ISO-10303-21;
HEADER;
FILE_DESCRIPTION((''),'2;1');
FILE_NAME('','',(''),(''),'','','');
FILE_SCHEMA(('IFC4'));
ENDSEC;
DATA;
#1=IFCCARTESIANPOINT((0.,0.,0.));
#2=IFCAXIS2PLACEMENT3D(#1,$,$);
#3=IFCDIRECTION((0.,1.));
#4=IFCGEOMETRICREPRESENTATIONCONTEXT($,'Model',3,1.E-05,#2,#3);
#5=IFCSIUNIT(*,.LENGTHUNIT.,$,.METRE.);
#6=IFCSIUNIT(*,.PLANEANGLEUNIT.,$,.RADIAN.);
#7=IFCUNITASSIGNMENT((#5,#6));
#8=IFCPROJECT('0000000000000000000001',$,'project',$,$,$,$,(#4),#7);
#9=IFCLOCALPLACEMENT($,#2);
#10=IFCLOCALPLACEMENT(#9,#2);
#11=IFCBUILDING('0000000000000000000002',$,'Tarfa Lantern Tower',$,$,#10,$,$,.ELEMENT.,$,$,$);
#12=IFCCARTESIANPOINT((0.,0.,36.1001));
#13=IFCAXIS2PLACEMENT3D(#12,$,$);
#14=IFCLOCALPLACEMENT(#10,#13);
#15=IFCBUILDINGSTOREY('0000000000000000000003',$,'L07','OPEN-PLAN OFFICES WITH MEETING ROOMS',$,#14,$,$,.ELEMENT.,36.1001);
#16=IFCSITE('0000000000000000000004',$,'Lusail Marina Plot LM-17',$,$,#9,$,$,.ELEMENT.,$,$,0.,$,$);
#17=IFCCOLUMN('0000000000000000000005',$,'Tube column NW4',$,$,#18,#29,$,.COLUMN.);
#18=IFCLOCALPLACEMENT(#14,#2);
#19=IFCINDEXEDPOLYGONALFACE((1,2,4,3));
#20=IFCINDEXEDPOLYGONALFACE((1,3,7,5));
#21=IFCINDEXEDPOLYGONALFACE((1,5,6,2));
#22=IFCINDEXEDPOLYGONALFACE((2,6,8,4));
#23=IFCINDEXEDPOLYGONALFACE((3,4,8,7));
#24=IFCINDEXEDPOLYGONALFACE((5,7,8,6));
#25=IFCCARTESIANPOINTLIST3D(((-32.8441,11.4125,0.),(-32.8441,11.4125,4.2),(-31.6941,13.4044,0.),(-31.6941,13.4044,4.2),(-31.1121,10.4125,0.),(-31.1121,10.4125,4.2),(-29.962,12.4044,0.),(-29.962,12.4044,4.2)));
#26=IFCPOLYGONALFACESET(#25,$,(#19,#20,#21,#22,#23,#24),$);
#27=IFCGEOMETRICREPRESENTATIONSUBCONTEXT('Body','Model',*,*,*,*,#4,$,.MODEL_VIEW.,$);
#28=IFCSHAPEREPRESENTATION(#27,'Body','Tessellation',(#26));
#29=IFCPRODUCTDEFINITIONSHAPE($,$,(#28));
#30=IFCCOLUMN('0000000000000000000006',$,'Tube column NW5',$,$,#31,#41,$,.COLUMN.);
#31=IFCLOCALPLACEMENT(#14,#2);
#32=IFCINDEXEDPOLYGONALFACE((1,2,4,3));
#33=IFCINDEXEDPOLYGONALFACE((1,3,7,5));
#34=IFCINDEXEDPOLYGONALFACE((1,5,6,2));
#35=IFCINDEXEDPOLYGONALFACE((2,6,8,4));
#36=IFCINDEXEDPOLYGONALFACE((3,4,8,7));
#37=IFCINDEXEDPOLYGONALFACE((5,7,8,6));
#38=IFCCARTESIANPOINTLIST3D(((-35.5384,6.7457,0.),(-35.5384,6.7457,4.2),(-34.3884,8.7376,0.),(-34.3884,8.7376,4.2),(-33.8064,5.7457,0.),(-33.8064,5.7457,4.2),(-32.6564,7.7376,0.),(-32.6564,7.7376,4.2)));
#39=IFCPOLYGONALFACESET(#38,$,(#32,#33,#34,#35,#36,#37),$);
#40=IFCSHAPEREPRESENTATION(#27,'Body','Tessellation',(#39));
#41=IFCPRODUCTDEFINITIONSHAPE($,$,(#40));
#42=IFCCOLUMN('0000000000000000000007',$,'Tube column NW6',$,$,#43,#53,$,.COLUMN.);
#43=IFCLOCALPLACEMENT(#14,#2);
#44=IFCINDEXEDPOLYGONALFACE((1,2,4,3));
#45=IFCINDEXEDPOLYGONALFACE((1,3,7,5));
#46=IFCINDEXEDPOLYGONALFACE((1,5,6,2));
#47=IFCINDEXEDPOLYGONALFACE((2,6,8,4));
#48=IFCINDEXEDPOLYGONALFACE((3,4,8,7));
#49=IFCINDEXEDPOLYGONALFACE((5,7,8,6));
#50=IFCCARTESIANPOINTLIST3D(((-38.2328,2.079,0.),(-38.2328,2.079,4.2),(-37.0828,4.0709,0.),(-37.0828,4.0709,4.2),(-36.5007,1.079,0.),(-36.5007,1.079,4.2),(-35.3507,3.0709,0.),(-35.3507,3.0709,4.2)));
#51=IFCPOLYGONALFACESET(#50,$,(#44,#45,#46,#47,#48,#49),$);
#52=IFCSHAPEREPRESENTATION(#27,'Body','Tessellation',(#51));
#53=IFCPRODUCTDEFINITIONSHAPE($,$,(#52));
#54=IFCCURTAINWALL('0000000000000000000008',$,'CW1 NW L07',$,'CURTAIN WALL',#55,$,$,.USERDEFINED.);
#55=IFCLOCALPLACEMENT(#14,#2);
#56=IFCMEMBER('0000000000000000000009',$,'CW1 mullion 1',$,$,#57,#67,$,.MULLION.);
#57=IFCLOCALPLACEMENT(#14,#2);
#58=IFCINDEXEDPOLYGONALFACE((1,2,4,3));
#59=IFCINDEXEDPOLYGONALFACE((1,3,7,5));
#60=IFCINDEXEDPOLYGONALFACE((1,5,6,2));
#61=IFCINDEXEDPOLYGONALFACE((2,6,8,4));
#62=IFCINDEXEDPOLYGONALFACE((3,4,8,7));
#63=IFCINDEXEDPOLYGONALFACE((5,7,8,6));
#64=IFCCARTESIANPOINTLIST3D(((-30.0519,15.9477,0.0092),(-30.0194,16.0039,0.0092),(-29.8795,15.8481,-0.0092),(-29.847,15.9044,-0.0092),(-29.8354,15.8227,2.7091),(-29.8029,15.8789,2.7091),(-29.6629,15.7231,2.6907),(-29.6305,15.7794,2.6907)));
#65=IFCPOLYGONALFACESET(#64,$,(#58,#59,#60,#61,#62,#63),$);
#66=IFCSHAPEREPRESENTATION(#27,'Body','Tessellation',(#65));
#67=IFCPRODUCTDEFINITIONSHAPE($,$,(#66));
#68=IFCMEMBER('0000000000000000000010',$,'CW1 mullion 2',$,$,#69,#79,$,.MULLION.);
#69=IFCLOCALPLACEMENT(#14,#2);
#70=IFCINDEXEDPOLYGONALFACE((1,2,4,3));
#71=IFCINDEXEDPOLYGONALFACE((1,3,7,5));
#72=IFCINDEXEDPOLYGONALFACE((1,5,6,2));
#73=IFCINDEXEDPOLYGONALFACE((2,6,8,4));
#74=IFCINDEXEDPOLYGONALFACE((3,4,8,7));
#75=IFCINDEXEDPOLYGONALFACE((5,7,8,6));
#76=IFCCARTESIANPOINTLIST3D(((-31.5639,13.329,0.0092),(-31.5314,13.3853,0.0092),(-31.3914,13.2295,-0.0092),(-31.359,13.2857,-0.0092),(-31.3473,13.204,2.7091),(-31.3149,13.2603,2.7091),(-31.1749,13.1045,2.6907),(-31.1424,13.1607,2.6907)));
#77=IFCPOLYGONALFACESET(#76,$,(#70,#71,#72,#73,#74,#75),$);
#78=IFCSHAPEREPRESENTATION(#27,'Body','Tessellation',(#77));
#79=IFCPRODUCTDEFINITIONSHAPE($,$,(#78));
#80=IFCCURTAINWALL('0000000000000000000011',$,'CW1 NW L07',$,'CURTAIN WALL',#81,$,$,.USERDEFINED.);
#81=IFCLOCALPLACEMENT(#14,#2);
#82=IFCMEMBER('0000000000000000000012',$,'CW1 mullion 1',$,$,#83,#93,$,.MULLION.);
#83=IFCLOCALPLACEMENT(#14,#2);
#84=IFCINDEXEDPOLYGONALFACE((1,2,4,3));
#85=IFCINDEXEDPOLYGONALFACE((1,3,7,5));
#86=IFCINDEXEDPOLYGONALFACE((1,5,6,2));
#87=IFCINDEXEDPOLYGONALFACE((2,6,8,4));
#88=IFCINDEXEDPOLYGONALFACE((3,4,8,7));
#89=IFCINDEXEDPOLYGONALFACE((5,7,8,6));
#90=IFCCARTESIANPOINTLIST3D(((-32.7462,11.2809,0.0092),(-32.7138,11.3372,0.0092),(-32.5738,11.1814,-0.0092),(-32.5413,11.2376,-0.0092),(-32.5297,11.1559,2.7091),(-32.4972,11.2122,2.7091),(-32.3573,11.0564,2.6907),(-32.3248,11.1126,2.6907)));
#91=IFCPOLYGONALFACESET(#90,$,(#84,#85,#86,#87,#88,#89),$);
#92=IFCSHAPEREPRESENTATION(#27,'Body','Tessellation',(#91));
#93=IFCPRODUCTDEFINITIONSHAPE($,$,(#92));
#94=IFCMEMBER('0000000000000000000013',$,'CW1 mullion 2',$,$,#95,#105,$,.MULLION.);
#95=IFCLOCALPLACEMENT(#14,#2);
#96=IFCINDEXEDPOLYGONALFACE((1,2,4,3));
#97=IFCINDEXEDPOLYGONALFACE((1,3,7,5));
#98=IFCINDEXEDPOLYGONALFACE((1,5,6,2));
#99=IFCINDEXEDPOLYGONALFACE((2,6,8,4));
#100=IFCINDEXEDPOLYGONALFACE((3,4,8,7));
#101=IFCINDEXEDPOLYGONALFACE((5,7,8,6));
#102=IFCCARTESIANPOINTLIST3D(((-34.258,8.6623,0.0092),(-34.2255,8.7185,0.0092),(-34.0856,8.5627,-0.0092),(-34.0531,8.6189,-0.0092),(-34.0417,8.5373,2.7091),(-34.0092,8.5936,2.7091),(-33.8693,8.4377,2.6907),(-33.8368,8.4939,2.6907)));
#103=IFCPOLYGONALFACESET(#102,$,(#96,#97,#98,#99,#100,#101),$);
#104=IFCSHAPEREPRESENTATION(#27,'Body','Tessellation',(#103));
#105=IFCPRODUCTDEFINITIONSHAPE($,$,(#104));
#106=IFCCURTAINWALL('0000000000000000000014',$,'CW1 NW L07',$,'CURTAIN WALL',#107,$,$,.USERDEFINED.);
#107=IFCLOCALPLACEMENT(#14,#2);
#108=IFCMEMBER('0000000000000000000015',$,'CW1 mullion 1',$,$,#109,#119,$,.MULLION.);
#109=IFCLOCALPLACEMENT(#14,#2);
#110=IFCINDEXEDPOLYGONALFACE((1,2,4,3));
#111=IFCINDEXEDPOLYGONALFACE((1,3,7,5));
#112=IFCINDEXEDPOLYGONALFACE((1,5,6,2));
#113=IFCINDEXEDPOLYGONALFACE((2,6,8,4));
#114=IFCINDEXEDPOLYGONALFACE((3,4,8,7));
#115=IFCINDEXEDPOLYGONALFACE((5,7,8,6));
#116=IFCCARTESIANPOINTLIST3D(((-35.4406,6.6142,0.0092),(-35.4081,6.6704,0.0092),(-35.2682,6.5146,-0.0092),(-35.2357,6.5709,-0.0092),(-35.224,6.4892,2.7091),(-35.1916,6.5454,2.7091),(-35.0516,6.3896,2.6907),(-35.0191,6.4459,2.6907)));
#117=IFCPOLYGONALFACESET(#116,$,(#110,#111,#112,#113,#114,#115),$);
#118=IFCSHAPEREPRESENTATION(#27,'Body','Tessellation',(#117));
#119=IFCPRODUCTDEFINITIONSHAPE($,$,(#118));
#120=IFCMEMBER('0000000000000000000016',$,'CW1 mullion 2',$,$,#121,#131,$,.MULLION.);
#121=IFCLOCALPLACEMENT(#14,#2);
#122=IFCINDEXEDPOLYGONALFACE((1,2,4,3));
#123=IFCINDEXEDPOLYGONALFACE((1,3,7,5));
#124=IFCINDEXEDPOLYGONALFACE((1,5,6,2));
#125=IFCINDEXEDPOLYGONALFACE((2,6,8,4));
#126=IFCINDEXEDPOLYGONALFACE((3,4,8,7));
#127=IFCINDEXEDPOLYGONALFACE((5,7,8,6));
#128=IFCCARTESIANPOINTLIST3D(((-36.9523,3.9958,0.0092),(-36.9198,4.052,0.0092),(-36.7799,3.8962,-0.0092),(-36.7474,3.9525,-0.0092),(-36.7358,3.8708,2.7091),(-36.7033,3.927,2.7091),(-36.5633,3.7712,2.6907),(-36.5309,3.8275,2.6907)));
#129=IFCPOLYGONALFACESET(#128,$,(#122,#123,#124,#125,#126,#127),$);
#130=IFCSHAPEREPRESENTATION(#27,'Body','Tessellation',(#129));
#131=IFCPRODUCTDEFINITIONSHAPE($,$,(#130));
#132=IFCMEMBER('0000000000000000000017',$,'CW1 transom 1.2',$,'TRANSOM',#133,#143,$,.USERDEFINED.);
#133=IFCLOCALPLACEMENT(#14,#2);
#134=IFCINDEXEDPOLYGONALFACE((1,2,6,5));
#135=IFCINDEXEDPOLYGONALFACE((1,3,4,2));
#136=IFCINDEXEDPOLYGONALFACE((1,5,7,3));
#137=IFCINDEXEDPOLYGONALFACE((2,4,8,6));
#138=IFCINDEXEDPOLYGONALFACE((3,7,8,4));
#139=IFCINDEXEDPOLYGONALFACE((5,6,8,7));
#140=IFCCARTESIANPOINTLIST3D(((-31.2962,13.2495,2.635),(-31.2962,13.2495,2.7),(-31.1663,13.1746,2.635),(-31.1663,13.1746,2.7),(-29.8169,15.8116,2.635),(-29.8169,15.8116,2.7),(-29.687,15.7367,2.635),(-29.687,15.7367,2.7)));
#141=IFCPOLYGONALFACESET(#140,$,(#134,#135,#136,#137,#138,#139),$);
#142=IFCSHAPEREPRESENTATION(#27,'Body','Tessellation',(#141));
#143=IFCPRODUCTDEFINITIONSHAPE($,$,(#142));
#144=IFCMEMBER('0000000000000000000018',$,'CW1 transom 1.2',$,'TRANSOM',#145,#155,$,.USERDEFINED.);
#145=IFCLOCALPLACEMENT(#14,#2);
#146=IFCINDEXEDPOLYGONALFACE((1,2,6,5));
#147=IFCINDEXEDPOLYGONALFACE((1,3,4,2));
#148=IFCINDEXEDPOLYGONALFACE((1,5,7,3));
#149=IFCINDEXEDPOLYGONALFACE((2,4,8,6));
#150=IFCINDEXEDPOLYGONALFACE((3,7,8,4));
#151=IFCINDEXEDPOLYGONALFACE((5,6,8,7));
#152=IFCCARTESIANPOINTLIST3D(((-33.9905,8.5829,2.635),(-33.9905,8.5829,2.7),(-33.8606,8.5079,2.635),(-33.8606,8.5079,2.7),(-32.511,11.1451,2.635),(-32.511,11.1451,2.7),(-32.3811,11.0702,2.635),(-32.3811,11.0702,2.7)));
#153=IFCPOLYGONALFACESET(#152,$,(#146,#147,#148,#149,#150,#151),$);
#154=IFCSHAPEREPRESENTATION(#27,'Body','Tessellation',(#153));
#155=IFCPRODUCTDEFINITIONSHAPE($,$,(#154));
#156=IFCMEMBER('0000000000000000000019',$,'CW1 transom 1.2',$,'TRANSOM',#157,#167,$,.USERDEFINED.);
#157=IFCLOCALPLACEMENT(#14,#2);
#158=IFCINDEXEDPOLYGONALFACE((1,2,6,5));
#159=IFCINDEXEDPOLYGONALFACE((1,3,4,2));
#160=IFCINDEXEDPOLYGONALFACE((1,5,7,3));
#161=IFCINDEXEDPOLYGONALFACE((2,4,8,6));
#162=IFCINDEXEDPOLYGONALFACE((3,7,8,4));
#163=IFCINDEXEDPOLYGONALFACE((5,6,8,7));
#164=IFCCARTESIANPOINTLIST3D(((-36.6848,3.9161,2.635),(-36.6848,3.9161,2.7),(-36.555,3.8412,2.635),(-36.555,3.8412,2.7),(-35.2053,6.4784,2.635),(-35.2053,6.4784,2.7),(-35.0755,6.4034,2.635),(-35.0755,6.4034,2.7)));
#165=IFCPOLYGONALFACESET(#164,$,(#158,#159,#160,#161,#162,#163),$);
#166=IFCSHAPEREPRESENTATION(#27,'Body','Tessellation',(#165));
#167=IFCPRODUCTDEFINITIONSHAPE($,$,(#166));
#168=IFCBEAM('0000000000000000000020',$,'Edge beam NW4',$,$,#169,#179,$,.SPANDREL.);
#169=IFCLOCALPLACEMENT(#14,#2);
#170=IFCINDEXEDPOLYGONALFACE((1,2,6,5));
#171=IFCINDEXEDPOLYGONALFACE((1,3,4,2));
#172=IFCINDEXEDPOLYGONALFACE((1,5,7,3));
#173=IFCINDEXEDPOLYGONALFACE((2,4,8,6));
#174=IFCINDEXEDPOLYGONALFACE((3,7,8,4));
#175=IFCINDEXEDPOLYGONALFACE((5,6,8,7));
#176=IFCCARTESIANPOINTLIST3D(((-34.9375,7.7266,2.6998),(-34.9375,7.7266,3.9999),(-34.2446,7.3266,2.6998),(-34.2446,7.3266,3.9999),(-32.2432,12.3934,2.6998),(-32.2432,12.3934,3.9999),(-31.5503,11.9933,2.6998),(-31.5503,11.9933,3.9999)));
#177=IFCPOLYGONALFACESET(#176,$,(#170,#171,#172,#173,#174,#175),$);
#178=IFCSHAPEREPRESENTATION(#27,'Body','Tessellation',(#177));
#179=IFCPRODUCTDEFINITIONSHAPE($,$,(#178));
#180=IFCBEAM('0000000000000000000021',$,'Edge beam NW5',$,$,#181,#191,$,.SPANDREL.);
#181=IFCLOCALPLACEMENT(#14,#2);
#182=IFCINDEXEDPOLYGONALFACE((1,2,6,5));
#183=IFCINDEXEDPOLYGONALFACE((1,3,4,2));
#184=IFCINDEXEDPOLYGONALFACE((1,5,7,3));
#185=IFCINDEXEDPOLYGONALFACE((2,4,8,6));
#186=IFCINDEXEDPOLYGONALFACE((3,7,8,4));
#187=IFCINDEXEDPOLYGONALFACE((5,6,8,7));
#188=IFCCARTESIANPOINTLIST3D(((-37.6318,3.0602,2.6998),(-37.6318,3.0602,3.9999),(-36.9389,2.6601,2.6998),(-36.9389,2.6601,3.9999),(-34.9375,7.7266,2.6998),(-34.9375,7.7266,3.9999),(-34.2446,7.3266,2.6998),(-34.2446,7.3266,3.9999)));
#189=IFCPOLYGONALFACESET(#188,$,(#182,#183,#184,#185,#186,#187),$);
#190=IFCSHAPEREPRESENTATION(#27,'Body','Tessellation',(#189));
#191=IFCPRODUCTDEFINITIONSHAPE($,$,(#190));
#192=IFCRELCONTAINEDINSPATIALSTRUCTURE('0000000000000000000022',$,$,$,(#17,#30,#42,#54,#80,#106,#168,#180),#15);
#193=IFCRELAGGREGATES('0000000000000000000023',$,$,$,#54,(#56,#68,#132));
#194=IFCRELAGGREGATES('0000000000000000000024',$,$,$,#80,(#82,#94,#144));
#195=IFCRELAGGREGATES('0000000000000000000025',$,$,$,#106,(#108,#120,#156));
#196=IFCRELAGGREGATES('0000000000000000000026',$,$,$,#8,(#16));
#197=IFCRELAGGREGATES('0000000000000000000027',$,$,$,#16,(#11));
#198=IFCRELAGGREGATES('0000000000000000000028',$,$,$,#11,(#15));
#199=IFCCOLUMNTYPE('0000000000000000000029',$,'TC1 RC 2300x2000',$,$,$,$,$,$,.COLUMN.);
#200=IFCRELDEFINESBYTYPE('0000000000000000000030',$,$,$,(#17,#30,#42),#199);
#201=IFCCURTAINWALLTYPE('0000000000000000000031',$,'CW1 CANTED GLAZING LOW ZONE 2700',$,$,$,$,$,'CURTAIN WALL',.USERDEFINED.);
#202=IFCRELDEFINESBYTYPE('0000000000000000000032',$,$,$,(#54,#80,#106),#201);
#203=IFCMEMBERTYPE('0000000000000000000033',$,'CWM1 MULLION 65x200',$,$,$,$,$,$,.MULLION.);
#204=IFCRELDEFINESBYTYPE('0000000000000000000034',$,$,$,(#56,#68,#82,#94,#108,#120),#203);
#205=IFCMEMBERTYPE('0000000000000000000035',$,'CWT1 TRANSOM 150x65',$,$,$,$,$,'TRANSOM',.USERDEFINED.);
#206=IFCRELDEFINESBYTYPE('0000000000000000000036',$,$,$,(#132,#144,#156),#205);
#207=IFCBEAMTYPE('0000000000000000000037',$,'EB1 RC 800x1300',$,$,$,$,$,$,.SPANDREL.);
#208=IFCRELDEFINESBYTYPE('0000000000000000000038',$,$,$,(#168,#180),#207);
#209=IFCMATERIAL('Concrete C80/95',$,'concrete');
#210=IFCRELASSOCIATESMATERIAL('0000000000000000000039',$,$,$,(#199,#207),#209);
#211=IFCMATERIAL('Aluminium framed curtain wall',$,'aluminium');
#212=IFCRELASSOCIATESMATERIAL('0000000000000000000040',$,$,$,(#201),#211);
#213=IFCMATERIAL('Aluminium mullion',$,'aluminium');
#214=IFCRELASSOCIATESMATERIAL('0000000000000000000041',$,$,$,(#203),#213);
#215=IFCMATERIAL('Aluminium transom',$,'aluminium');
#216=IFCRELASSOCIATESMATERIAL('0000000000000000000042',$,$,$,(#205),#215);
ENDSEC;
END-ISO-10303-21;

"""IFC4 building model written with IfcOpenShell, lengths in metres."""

from ifc_helpers import new_model, si_unit, direction, frame, origin, origin_2d, place, context, subcontext, project, spatial, rectangle, extrude, material, material_profile, profile_set, type_object, element, aggregate, save


model = new_model("IFC4")

# Units and contexts
model_context = context("Model", 3, precision=1e-05, world=origin(), true_north=direction((0.0, 1.0)))
body_context = subcontext(model_context, "Body", "Model", "MODEL_VIEW")
ifc_project = project(units=[si_unit("LENGTHUNIT", "METRE"), si_unit("PLANEANGLEUNIT", "RADIAN")], contexts=[model_context])

# Site, building, storey
site_placement = place(None, origin())
site = spatial("IfcSite", under=ifc_project, at=site_placement, Name="Lusail Marina Plot LM-17", CompositionType="ELEMENT", RefElevation=0.0)
building_placement = place(site_placement, origin())
building = spatial("IfcBuilding", under=site, at=building_placement, Name="Tarfa Lantern Tower", CompositionType="ELEMENT")
storey_placement = place(building_placement, frame((0.0, 0.0, 36.1001)))
storey = spatial("IfcBuildingStorey", under=building, at=storey_placement, Name="L07", Description="OPEN-PLAN OFFICES WITH MEETING ROOMS", CompositionType="ELEMENT", Elevation=36.1001)

# Columns
ifc_material_1 = material(Name="Concrete C80/95", Category="concrete")
ifc_material_profile_1 = material_profile(ifc_material_1, rectangle(XDim=2.3, YDim=2.0, at=origin_2d()), Name="RC 2300x2000")
ifc_profile_set_1 = profile_set([ifc_material_profile_1], Name="Concrete C80/95")
column_type = type_object("IfcColumnType", Name="TC1 RC 2300x2000", PredefinedType="COLUMN", material=ifc_profile_set_1)
for number, where, z_axis, x_axis, name in (
    (1, (-31.4031, 11.9084, 0.0), (0.0, 0.0, 1.0), (-0.5, -0.866025, 0.0), "Tube column NW4"),
    (2, (-34.0974, 7.2417, 0.0), (0.0, 0.0, 1.0), (-0.5, -0.866025, 0.0), "Tube column NW5"),
    (3, (-36.7917, 2.575, 0.0), (0.0, 0.0, 1.0), (-0.5, -0.866025, 0.0), "Tube column NW6"),
):
    element("IfcColumn", number, at=place(storey_placement, frame(where, z_axis=z_axis, x_axis=x_axis)), inside=storey, type_object=column_type, Name=name, PredefinedType="COLUMN", context=body_context, shape_type="SweptSolid", body=[
        extrude(rectangle(XDim=2.3, YDim=2.0, at=origin_2d()), origin(), (0.0, 0.0, 1.0), 4.2),
    ])

# Curtain walls, members
ifc_material_2 = material(Name="Aluminium framed curtain wall", Category="aluminium")
curtain_wall_type = type_object("IfcCurtainWallType", Name="CW1 CANTED GLAZING LOW ZONE 2700", ElementType="CURTAIN WALL", PredefinedType="USERDEFINED", material=ifc_material_2)
curtain_wall_1_placement = place(storey_placement, origin())
curtain_wall_1 = element("IfcCurtainWall", 4, at=curtain_wall_1_placement, inside=storey, type_object=curtain_wall_type, Name="CW1 NW L07", ObjectType="CURTAIN WALL", PredefinedType="USERDEFINED")
ifc_material_3 = material(Name="Aluminium mullion", Category="aluminium")
ifc_material_profile_2 = material_profile(ifc_material_3, rectangle(XDim=0.0649, YDim=0.2, at=origin_2d()), Name="AL MULLION 65x200")
ifc_profile_set_2 = profile_set([ifc_material_profile_2], Name="Aluminium mullion")
member_type_1 = type_object("IfcMemberType", Name="CWM1 MULLION 65x200", PredefinedType="MULLION", material=ifc_profile_set_2)
member_1_placement = place(storey_placement, frame((-29.9495, 15.926, 0.0), z_axis=(0.079864, -0.0461, 0.995739), x_axis=(0.49992, 0.866072, 0.0)))
member_1 = element("IfcMember", 5, at=member_1_placement, type_object=member_type_1, Name="CW1 mullion 1", PredefinedType="MULLION", context=body_context, shape_type="SweptSolid", body=[
    extrude(rectangle(XDim=0.0649, YDim=0.2, at=origin_2d()), origin(), (0.0, 0.0, 1.0), 2.7114),
])
member_2_placement = place(storey_placement, frame((-31.4614, 13.3074, 0.0), z_axis=(0.079864, -0.0461, 0.995739), x_axis=(0.49992, 0.866072, 0.0)))
member_2 = element("IfcMember", 6, at=member_2_placement, type_object=member_type_1, Name="CW1 mullion 2", PredefinedType="MULLION", context=body_context, shape_type="SweptSolid", body=[
    extrude(rectangle(XDim=0.0649, YDim=0.2, at=origin_2d()), origin(), (0.0, 0.0, 1.0), 2.7114),
])
curtain_wall_2_placement = place(storey_placement, origin())
curtain_wall_2 = element("IfcCurtainWall", 7, at=curtain_wall_2_placement, inside=storey, type_object=curtain_wall_type, Name="CW1 NW L07", ObjectType="CURTAIN WALL", PredefinedType="USERDEFINED")
member_3_placement = place(storey_placement, frame((-32.6438, 11.2593, 0.0), z_axis=(0.079864, -0.0461, 0.995739), x_axis=(0.49992, 0.866072, 0.0)))
member_3 = element("IfcMember", 8, at=member_3_placement, type_object=member_type_1, Name="CW1 mullion 1", PredefinedType="MULLION", context=body_context, shape_type="SweptSolid", body=[
    extrude(rectangle(XDim=0.0649, YDim=0.2, at=origin_2d()), origin(), (0.0, 0.0, 1.0), 2.7114),
])
member_4_placement = place(storey_placement, frame((-34.1555, 8.6406, 0.0), z_axis=(0.079775, -0.0461, 0.995746), x_axis=(0.500343, 0.865827, 0.0)))
member_4 = element("IfcMember", 9, at=member_4_placement, type_object=member_type_1, Name="CW1 mullion 2", PredefinedType="MULLION", context=body_context, shape_type="SweptSolid", body=[
    extrude(rectangle(XDim=0.0649, YDim=0.2, at=origin_2d()), origin(), (0.0, 0.0, 1.0), 2.7114),
])
curtain_wall_3_placement = place(storey_placement, origin())
curtain_wall_3 = element("IfcCurtainWall", 10, at=curtain_wall_3_placement, inside=storey, type_object=curtain_wall_type, Name="CW1 NW L07", ObjectType="CURTAIN WALL", PredefinedType="USERDEFINED")
member_5_placement = place(storey_placement, frame((-35.3381, 6.5925, 0.0), z_axis=(0.079864, -0.0461, 0.995739), x_axis=(0.49992, 0.866072, 0.0)))
member_5 = element("IfcMember", 11, at=member_5_placement, type_object=member_type_1, Name="CW1 mullion 1", PredefinedType="MULLION", context=body_context, shape_type="SweptSolid", body=[
    extrude(rectangle(XDim=0.0649, YDim=0.2, at=origin_2d()), origin(), (0.0, 0.0, 1.0), 2.7114),
])
member_6_placement = place(storey_placement, frame((-36.8499, 3.9741, 0.0), z_axis=(0.079864, -0.0461, 0.995739), x_axis=(0.49992, 0.866072, 0.0)))
member_6 = element("IfcMember", 12, at=member_6_placement, type_object=member_type_1, Name="CW1 mullion 2", PredefinedType="MULLION", context=body_context, shape_type="SweptSolid", body=[
    extrude(rectangle(XDim=0.0649, YDim=0.2, at=origin_2d()), origin(), (0.0, 0.0, 1.0), 2.7114),
])

# Members
ifc_material_4 = material(Name="Aluminium transom", Category="aluminium")
ifc_material_profile_3 = material_profile(ifc_material_4, rectangle(XDim=0.1499, YDim=0.0649, at=origin_2d()), Name="AL TRANSOM 150x65")
ifc_profile_set_3 = profile_set([ifc_material_profile_3], Name="Aluminium transom")
member_type_2 = type_object("IfcMemberType", Name="CWT1 TRANSOM 150x65", ElementType="TRANSOM", PredefinedType="USERDEFINED", material=ifc_profile_set_3)
member_7_placement = place(storey_placement, frame((-29.752, 15.7742, 2.6675), z_axis=(-0.500018, -0.866015, 0.0), x_axis=(0.866015, -0.500018, 0.0)))
member_7 = element("IfcMember", 13, at=member_7_placement, type_object=member_type_2, Name="CW1 transom 1.2", ObjectType="TRANSOM", PredefinedType="USERDEFINED", context=body_context, shape_type="SweptSolid", body=[
    extrude(rectangle(XDim=0.1499, YDim=0.0649, at=origin_2d()), origin(), (0.0, 0.0, 1.0), 2.9585),
])
member_8_placement = place(storey_placement, frame((-32.446, 11.1077, 2.6675), z_axis=(-0.500044, -0.866, 0.0), x_axis=(0.866, -0.500044, 0.0)))
member_8 = element("IfcMember", 14, at=member_8_placement, type_object=member_type_2, Name="CW1 transom 1.2", ObjectType="TRANSOM", PredefinedType="USERDEFINED", context=body_context, shape_type="SweptSolid", body=[
    extrude(rectangle(XDim=0.1499, YDim=0.0649, at=origin_2d()), origin(), (0.0, 0.0, 1.0), 2.9587),
])
member_9_placement = place(storey_placement, frame((-35.1404, 6.4409, 2.6675), z_axis=(-0.500044, -0.866, 0.0), x_axis=(0.866, -0.500044, 0.0)))
member_9 = element("IfcMember", 15, at=member_9_placement, type_object=member_type_2, Name="CW1 transom 1.2", ObjectType="TRANSOM", PredefinedType="USERDEFINED", context=body_context, shape_type="SweptSolid", body=[
    extrude(rectangle(XDim=0.1499, YDim=0.0649, at=origin_2d()), origin(), (0.0, 0.0, 1.0), 2.9587),
])

# Beams
ifc_material_profile_4 = material_profile(ifc_material_1, rectangle(XDim=0.8, YDim=1.3, at=origin_2d()), Name="RC 800x1300")
ifc_profile_set_4 = profile_set([ifc_material_profile_4], Name="Concrete C80/95")
beam_type_1 = type_object("IfcBeamType", Name="EB1 RC 800x1300", PredefinedType="SPANDREL", material=ifc_profile_set_4)
beam_1_placement = place(storey_placement, frame((-31.8967, 12.1934, 3.3499), z_axis=(-0.499998, -0.866026, 0.0), x_axis=(0.866026, -0.499998, 0.0)))
element("IfcBeam", 16, at=beam_1_placement, inside=storey, type_object=beam_type_1, Name="Edge beam NW4", PredefinedType="SPANDREL", context=body_context, shape_type="SweptSolid", body=[
    extrude(rectangle(XDim=0.8, YDim=1.3, at=origin_2d()), origin(), (0.0, 0.0, 1.0), 5.3887),
])
beam_2_placement = place(storey_placement, frame((-34.5911, 7.5266, 3.3499), z_axis=(-0.500018, -0.866015, 0.0), x_axis=(0.866015, -0.500018, 0.0)))
element("IfcBeam", 17, at=beam_2_placement, inside=storey, type_object=beam_type_1, Name="Edge beam NW5", PredefinedType="SPANDREL", context=body_context, shape_type="SweptSolid", body=[
    extrude(rectangle(XDim=0.8, YDim=1.3, at=origin_2d()), origin(), (0.0, 0.0, 1.0), 5.3884),
])

aggregate(curtain_wall_1, [member_1, member_2, member_7])
aggregate(curtain_wall_2, [member_3, member_4, member_8])
aggregate(curtain_wall_3, [member_5, member_6, member_9])

save(model, "model.ifc")
